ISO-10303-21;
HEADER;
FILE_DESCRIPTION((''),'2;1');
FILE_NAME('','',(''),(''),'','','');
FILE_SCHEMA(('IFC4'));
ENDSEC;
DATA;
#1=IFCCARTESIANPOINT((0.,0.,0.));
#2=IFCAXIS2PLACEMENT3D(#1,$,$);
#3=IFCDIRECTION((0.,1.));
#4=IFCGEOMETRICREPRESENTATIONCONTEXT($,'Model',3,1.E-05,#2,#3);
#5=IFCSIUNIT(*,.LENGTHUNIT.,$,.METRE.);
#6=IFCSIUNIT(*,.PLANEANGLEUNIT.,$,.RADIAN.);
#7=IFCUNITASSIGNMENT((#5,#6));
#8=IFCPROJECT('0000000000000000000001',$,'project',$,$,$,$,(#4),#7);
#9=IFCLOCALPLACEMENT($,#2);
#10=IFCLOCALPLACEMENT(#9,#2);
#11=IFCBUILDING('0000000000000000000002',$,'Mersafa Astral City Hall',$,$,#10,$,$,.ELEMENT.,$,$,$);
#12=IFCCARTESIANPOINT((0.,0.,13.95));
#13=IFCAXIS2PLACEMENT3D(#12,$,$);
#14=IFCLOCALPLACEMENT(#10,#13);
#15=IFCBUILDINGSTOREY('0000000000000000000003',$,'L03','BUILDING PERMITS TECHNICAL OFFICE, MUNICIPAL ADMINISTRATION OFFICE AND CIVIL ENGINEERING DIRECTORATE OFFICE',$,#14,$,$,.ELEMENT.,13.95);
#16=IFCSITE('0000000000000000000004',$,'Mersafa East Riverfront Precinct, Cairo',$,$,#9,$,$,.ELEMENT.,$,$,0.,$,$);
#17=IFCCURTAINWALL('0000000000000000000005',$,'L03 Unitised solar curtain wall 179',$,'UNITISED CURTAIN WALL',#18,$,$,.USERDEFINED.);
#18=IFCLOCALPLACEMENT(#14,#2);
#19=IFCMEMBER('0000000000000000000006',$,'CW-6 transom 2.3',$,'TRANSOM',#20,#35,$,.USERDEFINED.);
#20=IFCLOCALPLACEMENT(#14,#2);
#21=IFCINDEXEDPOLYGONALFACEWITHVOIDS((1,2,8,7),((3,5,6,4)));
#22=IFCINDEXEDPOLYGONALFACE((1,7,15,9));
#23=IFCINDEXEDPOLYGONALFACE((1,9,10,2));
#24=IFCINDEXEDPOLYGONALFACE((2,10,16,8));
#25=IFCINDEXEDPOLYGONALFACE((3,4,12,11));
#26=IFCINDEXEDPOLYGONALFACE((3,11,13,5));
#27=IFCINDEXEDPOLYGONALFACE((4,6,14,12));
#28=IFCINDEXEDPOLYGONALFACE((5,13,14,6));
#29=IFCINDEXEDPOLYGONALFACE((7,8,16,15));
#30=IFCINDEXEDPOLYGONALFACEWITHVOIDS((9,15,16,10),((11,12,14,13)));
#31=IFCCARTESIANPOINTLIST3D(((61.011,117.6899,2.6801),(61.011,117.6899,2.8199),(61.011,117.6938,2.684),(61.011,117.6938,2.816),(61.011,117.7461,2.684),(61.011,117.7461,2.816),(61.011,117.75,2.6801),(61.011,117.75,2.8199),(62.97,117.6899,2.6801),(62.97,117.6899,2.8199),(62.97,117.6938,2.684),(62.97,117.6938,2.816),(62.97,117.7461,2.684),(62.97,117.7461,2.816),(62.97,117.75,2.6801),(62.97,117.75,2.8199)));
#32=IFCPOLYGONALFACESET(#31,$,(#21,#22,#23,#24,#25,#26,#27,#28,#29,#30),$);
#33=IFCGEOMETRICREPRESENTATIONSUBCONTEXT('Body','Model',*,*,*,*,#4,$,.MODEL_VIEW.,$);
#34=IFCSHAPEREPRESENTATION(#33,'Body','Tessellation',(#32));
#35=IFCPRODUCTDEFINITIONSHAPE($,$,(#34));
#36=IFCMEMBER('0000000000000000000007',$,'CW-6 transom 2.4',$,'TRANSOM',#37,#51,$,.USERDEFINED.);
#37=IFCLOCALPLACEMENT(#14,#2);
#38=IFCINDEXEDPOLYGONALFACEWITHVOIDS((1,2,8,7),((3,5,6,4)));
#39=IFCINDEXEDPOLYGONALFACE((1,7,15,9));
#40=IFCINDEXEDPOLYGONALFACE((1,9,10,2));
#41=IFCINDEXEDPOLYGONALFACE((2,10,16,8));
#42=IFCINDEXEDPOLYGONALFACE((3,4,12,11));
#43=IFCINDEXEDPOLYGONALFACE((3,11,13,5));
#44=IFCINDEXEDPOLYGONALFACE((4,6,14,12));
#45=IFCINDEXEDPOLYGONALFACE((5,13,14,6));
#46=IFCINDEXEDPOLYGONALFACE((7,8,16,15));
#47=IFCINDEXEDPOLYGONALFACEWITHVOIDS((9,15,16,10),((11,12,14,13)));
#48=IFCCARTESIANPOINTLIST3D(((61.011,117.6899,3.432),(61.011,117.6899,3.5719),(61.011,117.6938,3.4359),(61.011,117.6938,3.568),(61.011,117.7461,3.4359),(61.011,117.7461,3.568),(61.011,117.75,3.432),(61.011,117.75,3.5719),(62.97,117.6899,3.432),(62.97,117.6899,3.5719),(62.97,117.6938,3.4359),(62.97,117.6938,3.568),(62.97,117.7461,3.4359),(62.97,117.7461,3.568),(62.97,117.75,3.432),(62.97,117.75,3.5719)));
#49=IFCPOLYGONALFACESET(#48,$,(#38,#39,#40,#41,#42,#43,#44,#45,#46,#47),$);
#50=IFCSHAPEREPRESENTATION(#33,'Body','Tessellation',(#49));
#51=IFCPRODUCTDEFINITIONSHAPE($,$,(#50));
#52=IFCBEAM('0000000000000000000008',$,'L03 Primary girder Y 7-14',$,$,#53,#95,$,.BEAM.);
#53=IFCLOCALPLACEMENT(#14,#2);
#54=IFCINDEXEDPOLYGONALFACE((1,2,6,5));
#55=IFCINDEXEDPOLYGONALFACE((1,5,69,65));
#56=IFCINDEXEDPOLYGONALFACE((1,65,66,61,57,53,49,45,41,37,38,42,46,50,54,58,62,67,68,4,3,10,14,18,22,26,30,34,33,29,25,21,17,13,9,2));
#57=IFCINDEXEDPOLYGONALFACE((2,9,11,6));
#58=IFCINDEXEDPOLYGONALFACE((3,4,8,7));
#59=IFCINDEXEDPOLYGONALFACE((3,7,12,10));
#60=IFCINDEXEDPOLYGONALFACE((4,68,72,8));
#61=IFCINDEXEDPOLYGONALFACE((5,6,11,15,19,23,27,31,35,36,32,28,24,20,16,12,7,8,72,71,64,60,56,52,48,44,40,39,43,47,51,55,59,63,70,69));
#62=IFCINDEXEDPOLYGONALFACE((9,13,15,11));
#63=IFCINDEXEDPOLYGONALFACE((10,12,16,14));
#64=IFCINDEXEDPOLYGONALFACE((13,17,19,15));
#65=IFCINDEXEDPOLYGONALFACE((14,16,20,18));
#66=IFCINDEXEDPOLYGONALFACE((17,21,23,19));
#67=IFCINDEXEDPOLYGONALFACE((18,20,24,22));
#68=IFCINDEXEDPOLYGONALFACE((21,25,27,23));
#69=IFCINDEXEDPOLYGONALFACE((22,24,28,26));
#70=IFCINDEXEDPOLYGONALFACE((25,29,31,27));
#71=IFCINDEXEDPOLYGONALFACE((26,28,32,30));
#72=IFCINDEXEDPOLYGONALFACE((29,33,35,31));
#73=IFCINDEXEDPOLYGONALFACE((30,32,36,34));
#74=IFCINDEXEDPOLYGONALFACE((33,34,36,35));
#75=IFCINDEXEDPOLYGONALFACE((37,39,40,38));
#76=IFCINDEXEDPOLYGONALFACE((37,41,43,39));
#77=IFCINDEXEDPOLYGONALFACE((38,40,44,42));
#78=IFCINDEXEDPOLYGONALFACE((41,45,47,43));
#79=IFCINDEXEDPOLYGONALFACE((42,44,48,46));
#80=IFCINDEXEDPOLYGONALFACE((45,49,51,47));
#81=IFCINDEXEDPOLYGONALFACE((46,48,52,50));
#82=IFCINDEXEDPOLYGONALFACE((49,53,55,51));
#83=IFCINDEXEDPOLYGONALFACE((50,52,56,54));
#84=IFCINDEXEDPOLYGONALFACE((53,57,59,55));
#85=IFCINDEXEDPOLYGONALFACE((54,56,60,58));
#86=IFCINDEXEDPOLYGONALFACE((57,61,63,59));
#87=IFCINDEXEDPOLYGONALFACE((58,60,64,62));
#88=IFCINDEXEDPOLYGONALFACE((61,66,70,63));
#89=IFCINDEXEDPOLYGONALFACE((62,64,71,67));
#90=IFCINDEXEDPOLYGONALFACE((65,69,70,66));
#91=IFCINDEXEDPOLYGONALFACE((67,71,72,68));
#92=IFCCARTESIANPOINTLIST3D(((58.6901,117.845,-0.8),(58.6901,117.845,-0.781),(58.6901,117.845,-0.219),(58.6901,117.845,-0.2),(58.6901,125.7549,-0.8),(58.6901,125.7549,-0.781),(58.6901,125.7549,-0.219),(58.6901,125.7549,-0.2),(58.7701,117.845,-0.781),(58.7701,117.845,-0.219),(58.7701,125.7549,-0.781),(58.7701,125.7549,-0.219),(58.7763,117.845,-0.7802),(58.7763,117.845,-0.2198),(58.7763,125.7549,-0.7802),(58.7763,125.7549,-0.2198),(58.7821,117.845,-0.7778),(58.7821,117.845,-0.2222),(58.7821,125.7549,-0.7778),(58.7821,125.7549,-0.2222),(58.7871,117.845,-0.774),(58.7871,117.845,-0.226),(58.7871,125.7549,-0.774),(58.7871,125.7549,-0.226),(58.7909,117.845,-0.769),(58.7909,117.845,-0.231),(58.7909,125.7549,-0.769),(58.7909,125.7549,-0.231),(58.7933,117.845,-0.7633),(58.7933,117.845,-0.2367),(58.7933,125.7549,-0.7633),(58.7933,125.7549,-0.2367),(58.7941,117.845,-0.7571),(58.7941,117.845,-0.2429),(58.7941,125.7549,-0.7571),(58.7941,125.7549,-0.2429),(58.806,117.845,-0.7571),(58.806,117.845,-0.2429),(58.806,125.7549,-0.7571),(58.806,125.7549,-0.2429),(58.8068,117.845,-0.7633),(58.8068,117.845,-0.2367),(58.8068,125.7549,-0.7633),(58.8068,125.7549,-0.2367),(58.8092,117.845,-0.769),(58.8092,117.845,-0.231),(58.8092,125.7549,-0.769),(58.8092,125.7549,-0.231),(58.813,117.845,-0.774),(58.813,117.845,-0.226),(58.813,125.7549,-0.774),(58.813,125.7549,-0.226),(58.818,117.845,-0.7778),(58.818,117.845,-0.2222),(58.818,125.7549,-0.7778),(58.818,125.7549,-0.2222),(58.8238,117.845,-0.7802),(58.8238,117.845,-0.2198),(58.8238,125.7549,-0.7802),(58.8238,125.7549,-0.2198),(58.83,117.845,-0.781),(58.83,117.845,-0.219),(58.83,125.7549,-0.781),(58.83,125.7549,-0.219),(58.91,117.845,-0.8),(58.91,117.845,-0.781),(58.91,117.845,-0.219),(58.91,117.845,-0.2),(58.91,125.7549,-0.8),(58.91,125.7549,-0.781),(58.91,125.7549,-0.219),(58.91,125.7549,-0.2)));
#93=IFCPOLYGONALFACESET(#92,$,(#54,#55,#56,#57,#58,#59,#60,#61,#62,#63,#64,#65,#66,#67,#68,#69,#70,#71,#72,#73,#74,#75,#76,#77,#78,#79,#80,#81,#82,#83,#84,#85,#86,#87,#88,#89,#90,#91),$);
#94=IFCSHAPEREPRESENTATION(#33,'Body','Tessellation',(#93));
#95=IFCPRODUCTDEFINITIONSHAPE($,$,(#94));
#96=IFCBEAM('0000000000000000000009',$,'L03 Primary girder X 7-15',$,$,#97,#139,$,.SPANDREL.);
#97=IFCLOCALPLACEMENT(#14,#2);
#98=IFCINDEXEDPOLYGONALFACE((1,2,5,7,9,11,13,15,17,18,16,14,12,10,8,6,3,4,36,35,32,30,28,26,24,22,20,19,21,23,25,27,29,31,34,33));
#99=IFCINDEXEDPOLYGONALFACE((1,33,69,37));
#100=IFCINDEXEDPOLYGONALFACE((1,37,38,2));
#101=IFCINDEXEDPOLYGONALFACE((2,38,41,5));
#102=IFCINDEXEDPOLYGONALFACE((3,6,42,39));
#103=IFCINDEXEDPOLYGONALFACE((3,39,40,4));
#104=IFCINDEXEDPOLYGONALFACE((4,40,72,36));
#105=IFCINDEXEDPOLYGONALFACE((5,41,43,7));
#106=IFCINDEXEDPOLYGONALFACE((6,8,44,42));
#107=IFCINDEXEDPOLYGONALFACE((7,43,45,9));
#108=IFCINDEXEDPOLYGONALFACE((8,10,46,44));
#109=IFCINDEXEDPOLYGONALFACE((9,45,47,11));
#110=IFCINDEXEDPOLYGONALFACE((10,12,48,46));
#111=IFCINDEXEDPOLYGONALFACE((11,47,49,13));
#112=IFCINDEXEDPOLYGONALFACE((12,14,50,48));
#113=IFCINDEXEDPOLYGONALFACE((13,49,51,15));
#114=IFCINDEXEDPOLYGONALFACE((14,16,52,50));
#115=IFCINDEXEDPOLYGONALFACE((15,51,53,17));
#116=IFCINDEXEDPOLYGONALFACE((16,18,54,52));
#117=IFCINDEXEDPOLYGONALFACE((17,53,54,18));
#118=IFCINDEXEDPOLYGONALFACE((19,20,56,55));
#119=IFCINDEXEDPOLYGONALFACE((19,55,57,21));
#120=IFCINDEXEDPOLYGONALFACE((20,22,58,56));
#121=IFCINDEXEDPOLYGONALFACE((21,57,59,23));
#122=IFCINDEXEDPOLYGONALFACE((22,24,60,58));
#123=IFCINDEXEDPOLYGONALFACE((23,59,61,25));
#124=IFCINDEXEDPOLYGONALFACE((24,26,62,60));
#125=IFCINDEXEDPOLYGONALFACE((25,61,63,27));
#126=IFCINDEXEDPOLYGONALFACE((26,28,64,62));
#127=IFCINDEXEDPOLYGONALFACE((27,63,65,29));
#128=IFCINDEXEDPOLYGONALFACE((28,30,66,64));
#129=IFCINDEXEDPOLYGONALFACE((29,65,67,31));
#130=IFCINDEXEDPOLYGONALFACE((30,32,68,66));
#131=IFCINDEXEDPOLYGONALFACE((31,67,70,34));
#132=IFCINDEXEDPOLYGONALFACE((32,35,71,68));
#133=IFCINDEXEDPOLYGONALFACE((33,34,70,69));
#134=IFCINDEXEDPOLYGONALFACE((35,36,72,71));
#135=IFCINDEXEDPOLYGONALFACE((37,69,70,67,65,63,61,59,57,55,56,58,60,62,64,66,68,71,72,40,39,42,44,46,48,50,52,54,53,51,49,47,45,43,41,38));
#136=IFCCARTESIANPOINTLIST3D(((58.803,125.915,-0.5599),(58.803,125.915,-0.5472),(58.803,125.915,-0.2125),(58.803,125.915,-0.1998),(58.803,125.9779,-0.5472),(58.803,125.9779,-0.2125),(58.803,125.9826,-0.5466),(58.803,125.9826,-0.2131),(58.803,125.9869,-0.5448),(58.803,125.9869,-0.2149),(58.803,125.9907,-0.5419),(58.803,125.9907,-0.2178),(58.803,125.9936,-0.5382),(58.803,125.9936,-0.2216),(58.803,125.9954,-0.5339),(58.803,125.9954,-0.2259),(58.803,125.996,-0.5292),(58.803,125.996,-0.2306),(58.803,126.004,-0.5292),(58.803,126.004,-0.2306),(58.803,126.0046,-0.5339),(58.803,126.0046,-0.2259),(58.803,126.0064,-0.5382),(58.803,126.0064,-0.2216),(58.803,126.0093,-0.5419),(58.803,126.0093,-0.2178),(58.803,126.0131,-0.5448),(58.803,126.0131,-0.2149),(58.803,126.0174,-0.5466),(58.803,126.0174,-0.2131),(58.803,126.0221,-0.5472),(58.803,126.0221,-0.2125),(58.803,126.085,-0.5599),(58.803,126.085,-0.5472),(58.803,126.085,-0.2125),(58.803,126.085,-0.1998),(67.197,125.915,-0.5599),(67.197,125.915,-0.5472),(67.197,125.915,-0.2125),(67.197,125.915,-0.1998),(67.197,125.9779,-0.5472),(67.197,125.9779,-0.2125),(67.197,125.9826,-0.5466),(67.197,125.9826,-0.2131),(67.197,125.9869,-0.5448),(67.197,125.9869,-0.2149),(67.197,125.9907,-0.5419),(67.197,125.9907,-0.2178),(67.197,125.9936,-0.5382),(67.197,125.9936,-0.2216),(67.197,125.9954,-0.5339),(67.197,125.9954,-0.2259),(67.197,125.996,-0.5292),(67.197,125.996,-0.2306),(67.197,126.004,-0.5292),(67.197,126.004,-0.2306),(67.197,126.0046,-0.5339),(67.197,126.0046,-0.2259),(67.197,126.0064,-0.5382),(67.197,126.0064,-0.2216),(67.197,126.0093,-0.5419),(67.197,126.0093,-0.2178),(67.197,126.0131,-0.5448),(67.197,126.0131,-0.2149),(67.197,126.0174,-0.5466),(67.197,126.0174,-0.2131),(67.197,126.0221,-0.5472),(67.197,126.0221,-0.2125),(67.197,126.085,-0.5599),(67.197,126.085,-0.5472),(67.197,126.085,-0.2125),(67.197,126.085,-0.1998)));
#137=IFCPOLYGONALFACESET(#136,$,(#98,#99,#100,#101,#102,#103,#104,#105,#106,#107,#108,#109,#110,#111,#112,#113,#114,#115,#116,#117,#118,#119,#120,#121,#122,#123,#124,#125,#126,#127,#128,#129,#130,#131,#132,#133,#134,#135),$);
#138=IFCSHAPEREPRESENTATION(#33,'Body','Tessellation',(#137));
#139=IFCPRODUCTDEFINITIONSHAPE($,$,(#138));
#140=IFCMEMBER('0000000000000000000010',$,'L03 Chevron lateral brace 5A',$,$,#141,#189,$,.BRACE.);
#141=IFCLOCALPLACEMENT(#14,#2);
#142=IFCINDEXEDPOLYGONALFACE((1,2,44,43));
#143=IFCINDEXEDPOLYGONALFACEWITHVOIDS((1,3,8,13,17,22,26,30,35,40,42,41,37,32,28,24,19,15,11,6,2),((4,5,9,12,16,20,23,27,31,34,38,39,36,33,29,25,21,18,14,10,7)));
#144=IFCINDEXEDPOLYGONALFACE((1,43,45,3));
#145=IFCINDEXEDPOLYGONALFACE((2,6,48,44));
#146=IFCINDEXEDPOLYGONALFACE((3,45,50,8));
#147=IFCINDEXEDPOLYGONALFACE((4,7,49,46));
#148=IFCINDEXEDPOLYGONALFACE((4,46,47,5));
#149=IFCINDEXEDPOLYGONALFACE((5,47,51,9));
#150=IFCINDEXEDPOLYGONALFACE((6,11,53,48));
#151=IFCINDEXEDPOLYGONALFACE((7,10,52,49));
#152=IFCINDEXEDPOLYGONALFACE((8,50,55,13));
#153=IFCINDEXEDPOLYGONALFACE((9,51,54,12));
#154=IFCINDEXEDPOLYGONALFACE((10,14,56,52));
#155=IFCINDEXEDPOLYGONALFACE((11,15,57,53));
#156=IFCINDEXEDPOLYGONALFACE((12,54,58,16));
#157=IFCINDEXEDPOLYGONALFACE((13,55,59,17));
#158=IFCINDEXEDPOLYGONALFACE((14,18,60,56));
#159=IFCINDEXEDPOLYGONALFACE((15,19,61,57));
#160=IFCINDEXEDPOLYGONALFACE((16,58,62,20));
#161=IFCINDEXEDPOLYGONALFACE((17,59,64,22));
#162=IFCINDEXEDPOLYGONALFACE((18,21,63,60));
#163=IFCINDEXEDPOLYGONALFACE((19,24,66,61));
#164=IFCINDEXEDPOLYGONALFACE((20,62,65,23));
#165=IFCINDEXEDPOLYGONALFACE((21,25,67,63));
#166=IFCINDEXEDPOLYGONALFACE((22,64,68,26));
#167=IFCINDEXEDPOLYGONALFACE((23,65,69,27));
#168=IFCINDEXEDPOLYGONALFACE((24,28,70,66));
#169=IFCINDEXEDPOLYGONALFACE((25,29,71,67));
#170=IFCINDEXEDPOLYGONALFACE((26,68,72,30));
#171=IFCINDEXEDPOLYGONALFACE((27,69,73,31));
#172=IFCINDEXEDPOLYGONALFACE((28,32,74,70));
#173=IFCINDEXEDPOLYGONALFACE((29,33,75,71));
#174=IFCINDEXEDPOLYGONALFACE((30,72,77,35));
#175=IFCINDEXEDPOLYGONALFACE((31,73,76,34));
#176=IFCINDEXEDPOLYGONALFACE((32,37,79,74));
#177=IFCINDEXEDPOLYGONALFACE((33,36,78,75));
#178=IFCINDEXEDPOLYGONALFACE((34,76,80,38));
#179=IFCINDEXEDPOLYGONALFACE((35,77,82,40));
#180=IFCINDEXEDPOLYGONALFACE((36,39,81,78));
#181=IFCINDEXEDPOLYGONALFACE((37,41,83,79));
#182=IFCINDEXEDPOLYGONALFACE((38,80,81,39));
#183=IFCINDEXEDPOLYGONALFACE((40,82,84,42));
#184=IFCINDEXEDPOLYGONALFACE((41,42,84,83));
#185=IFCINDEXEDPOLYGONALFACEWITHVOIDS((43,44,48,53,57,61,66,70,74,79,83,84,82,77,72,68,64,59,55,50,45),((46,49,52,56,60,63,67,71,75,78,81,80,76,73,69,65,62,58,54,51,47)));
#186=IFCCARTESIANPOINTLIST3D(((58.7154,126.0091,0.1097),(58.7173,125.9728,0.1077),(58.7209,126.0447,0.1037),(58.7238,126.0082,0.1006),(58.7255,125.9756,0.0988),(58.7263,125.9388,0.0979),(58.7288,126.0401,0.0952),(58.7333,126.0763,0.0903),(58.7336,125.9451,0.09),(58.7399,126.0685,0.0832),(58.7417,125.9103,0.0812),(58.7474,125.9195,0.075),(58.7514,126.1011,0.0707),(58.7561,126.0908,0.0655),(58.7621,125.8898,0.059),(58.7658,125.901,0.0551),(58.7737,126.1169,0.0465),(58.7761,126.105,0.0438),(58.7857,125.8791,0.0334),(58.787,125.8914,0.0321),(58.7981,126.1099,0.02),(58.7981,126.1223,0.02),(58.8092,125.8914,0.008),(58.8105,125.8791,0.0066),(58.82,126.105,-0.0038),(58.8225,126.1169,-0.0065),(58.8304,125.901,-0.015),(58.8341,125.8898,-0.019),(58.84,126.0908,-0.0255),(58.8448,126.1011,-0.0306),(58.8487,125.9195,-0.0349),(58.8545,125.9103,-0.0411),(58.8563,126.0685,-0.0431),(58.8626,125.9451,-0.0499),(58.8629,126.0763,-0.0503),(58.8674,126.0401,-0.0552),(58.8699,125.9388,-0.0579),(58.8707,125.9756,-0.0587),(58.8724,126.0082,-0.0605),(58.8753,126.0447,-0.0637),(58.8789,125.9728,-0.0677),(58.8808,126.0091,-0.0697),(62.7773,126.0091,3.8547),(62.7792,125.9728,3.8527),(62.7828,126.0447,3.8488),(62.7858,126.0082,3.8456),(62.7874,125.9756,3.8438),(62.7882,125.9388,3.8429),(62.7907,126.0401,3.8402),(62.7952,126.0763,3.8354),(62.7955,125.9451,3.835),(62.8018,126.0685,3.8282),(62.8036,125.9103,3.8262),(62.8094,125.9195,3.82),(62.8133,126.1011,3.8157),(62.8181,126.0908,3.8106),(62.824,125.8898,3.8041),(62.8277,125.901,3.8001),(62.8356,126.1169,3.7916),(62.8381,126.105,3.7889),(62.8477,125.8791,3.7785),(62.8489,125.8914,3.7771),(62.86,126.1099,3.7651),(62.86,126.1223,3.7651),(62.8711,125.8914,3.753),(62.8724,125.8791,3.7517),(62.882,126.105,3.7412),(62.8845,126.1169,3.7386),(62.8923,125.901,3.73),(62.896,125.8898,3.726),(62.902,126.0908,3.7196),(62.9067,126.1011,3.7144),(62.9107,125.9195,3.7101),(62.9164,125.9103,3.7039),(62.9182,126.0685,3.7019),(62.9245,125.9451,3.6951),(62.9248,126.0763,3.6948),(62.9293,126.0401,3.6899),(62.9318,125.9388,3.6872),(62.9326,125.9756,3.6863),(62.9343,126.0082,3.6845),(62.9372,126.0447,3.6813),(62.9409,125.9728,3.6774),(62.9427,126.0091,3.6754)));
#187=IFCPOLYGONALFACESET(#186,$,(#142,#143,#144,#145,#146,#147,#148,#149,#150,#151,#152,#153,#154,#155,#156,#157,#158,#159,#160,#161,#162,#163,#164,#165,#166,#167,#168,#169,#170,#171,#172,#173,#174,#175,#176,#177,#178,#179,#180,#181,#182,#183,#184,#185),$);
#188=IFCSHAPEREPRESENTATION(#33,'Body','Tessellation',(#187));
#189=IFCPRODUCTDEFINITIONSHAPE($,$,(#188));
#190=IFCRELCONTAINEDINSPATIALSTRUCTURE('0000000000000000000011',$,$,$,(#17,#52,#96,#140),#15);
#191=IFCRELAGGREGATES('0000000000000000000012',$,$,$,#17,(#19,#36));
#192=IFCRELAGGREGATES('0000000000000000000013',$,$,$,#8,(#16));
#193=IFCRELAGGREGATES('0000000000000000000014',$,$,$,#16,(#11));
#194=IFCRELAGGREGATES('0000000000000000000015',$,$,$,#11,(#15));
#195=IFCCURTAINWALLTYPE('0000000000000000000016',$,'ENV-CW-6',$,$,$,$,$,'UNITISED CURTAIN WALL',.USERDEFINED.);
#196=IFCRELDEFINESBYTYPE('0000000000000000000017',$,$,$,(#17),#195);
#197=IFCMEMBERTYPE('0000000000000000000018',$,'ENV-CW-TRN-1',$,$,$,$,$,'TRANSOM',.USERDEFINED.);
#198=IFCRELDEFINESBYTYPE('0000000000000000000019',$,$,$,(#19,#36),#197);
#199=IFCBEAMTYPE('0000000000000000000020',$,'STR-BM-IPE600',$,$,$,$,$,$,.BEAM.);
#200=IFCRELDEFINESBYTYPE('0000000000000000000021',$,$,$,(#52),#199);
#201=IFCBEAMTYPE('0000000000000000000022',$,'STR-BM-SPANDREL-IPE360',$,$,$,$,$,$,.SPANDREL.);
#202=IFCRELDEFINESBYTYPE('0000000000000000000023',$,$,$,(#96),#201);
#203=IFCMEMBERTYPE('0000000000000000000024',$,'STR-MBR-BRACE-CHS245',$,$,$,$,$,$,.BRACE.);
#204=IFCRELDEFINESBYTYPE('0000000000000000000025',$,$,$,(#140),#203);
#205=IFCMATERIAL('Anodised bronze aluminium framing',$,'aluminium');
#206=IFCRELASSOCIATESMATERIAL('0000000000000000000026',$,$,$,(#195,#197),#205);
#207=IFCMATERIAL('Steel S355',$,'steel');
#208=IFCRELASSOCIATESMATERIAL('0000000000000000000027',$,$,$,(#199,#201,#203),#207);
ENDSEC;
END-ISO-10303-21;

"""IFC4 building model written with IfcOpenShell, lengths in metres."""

from ifc_helpers import new_model, si_unit, direction, frame, origin, origin_2d, place, context, subcontext, project, spatial, hollow_rectangle, hollow_circle, i_section, extrude, material, material_profile, profile_set, type_object, element, aggregate, save


model = new_model("IFC4")

# Units and contexts
model_context = context("Model", 3, precision=1e-05, world=origin(), true_north=direction((0.0, 1.0)))
body_context = subcontext(model_context, "Body", "Model", "MODEL_VIEW")
ifc_project = project(units=[si_unit("LENGTHUNIT", "METRE"), si_unit("PLANEANGLEUNIT", "RADIAN")], contexts=[model_context])

# Site, building, storey
site_placement = place(None, origin())
site = spatial("IfcSite", under=ifc_project, at=site_placement, Name="Mersafa East Riverfront Precinct, Cairo", CompositionType="ELEMENT", RefElevation=0.0)
building_placement = place(site_placement, origin())
building = spatial("IfcBuilding", under=site, at=building_placement, Name="Mersafa Astral City Hall", CompositionType="ELEMENT")
storey_placement = place(building_placement, frame((0.0, 0.0, 13.95)))
storey = spatial("IfcBuildingStorey", under=building, at=storey_placement, Name="L03", Description="BUILDING PERMITS TECHNICAL OFFICE, MUNICIPAL ADMINISTRATION OFFICE AND CIVIL ENGINEERING DIRECTORATE OFFICE", CompositionType="ELEMENT", Elevation=13.95)

# Shared definitions
ifc_material_1 = material(Name="Steel S355", Category="steel")

# Curtain wall, members
ifc_material_2 = material(Name="Anodised bronze aluminium framing", Category="aluminium")
curtain_wall_type = type_object("IfcCurtainWallType", Name="ENV-CW-6", ElementType="UNITISED CURTAIN WALL", PredefinedType="USERDEFINED", material=ifc_material_2)
curtain_wall_placement = place(storey_placement, origin())
curtain_wall = element("IfcCurtainWall", 1, at=curtain_wall_placement, inside=storey, type_object=curtain_wall_type, Name="L03 Unitised solar curtain wall 179", ObjectType="UNITISED CURTAIN WALL", PredefinedType="USERDEFINED")
ifc_material_profile_1 = material_profile(ifc_material_2, hollow_rectangle(XDim=0.0601, YDim=0.1399, WallThickness=0.0039, at=origin_2d()), Name="RHS 60x140x4")
ifc_profile_set_1 = profile_set([ifc_material_profile_1], Name="Anodised bronze aluminium framing")
member_type_1 = type_object("IfcMemberType", Name="ENV-CW-TRN-1", ElementType="TRANSOM", PredefinedType="USERDEFINED", material=ifc_profile_set_1)
member_1_placement = place(storey_placement, frame((61.011, 117.72, 2.75), z_axis=(1.0, 0.0, 0.0), x_axis=(0.0, 1.0, 0.0)))
member_1 = element("IfcMember", 2, at=member_1_placement, type_object=member_type_1, Name="CW-6 transom 2.3", ObjectType="TRANSOM", PredefinedType="USERDEFINED", context=body_context, shape_type="SweptSolid", body=[
    extrude(hollow_rectangle(XDim=0.0601, YDim=0.1399, WallThickness=0.0039, at=origin_2d()), origin(), (0.0, 0.0, 1.0), 1.959),
])
member_2_placement = place(storey_placement, frame((61.011, 117.72, 3.502), z_axis=(1.0, 0.0, 0.0), x_axis=(0.0, 1.0, 0.0)))
member_2 = element("IfcMember", 3, at=member_2_placement, type_object=member_type_1, Name="CW-6 transom 2.4", ObjectType="TRANSOM", PredefinedType="USERDEFINED", context=body_context, shape_type="SweptSolid", body=[
    extrude(hollow_rectangle(XDim=0.0601, YDim=0.1399, WallThickness=0.0039, at=origin_2d()), origin(), (0.0, 0.0, 1.0), 1.959),
])

# Beams
ifc_material_profile_2 = material_profile(ifc_material_1, i_section(OverallWidth=0.22, OverallDepth=0.6001, WebThickness=0.012, FlangeThickness=0.019, FilletRadius=0.0239, at=origin_2d()), Name="IPE 600")
ifc_profile_set_2 = profile_set([ifc_material_profile_2], Name="Steel S355")
beam_type_1 = type_object("IfcBeamType", Name="STR-BM-IPE600", PredefinedType="BEAM", material=ifc_profile_set_2)
beam_1_placement = place(storey_placement, frame((58.8, 117.845, -0.5), z_axis=(0.0, 1.0, 0.0), x_axis=(-1.0, 0.0, 0.0)))
element("IfcBeam", 4, at=beam_1_placement, inside=storey, type_object=beam_type_1, Name="L03 Primary girder Y 7-14", PredefinedType="BEAM", context=body_context, shape_type="SweptSolid", body=[
    extrude(i_section(OverallWidth=0.22, OverallDepth=0.6001, WebThickness=0.012, FlangeThickness=0.019, FilletRadius=0.0239, at=origin_2d()), origin(), (0.0, 0.0, 1.0), 7.9099),
])
ifc_material_profile_3 = material_profile(ifc_material_1, i_section(OverallWidth=0.1699, OverallDepth=0.3601, WebThickness=0.0081, FlangeThickness=0.0127, FilletRadius=0.0181, at=origin_2d()), Name="IPE 360")
ifc_profile_set_3 = profile_set([ifc_material_profile_3], Name="Steel S355")
beam_type_2 = type_object("IfcBeamType", Name="STR-BM-SPANDREL-IPE360", PredefinedType="SPANDREL", material=ifc_profile_set_3)
beam_2_placement = place(storey_placement, frame((58.803, 126.0, -0.3799), z_axis=(1.0, 0.0, 0.0), x_axis=(0.0, 1.0, 0.0)))
element("IfcBeam", 5, at=beam_2_placement, inside=storey, type_object=beam_type_2, Name="L03 Primary girder X 7-15", PredefinedType="SPANDREL", context=body_context, shape_type="SweptSolid", body=[
    extrude(i_section(OverallWidth=0.1699, OverallDepth=0.3601, WebThickness=0.0081, FlangeThickness=0.0127, FilletRadius=0.0181, at=origin_2d()), origin(), (0.0, 0.0, 1.0), 8.394),
])

# Member
ifc_material_profile_4 = material_profile(ifc_material_1, hollow_circle(Radius=0.1223, WallThickness=0.0125, at=origin_2d()), Name="CHS 244.5x12.5")
ifc_profile_set_4 = profile_set([ifc_material_profile_4], Name="Steel S355")
member_type_2 = type_object("IfcMemberType", Name="STR-MBR-BRACE-CHS245", PredefinedType="BRACE", material=ifc_profile_set_4)
member_3_placement = place(storey_placement, frame((58.7981, 126.0, 0.02), z_axis=(0.735203, 0.0, 0.677847), x_axis=(0.0, 1.0, 0.0)))
element("IfcMember", 6, at=member_3_placement, inside=storey, type_object=member_type_2, Name="L03 Chevron lateral brace 5A", PredefinedType="BRACE", context=body_context, shape_type="SweptSolid", body=[
    extrude(hollow_circle(Radius=0.1223, WallThickness=0.0125, at=origin_2d()), origin(), (0.0, 0.0, 1.0), 5.5249),
])

aggregate(curtain_wall, [member_1, member_2])

save(model, "model.ifc")
